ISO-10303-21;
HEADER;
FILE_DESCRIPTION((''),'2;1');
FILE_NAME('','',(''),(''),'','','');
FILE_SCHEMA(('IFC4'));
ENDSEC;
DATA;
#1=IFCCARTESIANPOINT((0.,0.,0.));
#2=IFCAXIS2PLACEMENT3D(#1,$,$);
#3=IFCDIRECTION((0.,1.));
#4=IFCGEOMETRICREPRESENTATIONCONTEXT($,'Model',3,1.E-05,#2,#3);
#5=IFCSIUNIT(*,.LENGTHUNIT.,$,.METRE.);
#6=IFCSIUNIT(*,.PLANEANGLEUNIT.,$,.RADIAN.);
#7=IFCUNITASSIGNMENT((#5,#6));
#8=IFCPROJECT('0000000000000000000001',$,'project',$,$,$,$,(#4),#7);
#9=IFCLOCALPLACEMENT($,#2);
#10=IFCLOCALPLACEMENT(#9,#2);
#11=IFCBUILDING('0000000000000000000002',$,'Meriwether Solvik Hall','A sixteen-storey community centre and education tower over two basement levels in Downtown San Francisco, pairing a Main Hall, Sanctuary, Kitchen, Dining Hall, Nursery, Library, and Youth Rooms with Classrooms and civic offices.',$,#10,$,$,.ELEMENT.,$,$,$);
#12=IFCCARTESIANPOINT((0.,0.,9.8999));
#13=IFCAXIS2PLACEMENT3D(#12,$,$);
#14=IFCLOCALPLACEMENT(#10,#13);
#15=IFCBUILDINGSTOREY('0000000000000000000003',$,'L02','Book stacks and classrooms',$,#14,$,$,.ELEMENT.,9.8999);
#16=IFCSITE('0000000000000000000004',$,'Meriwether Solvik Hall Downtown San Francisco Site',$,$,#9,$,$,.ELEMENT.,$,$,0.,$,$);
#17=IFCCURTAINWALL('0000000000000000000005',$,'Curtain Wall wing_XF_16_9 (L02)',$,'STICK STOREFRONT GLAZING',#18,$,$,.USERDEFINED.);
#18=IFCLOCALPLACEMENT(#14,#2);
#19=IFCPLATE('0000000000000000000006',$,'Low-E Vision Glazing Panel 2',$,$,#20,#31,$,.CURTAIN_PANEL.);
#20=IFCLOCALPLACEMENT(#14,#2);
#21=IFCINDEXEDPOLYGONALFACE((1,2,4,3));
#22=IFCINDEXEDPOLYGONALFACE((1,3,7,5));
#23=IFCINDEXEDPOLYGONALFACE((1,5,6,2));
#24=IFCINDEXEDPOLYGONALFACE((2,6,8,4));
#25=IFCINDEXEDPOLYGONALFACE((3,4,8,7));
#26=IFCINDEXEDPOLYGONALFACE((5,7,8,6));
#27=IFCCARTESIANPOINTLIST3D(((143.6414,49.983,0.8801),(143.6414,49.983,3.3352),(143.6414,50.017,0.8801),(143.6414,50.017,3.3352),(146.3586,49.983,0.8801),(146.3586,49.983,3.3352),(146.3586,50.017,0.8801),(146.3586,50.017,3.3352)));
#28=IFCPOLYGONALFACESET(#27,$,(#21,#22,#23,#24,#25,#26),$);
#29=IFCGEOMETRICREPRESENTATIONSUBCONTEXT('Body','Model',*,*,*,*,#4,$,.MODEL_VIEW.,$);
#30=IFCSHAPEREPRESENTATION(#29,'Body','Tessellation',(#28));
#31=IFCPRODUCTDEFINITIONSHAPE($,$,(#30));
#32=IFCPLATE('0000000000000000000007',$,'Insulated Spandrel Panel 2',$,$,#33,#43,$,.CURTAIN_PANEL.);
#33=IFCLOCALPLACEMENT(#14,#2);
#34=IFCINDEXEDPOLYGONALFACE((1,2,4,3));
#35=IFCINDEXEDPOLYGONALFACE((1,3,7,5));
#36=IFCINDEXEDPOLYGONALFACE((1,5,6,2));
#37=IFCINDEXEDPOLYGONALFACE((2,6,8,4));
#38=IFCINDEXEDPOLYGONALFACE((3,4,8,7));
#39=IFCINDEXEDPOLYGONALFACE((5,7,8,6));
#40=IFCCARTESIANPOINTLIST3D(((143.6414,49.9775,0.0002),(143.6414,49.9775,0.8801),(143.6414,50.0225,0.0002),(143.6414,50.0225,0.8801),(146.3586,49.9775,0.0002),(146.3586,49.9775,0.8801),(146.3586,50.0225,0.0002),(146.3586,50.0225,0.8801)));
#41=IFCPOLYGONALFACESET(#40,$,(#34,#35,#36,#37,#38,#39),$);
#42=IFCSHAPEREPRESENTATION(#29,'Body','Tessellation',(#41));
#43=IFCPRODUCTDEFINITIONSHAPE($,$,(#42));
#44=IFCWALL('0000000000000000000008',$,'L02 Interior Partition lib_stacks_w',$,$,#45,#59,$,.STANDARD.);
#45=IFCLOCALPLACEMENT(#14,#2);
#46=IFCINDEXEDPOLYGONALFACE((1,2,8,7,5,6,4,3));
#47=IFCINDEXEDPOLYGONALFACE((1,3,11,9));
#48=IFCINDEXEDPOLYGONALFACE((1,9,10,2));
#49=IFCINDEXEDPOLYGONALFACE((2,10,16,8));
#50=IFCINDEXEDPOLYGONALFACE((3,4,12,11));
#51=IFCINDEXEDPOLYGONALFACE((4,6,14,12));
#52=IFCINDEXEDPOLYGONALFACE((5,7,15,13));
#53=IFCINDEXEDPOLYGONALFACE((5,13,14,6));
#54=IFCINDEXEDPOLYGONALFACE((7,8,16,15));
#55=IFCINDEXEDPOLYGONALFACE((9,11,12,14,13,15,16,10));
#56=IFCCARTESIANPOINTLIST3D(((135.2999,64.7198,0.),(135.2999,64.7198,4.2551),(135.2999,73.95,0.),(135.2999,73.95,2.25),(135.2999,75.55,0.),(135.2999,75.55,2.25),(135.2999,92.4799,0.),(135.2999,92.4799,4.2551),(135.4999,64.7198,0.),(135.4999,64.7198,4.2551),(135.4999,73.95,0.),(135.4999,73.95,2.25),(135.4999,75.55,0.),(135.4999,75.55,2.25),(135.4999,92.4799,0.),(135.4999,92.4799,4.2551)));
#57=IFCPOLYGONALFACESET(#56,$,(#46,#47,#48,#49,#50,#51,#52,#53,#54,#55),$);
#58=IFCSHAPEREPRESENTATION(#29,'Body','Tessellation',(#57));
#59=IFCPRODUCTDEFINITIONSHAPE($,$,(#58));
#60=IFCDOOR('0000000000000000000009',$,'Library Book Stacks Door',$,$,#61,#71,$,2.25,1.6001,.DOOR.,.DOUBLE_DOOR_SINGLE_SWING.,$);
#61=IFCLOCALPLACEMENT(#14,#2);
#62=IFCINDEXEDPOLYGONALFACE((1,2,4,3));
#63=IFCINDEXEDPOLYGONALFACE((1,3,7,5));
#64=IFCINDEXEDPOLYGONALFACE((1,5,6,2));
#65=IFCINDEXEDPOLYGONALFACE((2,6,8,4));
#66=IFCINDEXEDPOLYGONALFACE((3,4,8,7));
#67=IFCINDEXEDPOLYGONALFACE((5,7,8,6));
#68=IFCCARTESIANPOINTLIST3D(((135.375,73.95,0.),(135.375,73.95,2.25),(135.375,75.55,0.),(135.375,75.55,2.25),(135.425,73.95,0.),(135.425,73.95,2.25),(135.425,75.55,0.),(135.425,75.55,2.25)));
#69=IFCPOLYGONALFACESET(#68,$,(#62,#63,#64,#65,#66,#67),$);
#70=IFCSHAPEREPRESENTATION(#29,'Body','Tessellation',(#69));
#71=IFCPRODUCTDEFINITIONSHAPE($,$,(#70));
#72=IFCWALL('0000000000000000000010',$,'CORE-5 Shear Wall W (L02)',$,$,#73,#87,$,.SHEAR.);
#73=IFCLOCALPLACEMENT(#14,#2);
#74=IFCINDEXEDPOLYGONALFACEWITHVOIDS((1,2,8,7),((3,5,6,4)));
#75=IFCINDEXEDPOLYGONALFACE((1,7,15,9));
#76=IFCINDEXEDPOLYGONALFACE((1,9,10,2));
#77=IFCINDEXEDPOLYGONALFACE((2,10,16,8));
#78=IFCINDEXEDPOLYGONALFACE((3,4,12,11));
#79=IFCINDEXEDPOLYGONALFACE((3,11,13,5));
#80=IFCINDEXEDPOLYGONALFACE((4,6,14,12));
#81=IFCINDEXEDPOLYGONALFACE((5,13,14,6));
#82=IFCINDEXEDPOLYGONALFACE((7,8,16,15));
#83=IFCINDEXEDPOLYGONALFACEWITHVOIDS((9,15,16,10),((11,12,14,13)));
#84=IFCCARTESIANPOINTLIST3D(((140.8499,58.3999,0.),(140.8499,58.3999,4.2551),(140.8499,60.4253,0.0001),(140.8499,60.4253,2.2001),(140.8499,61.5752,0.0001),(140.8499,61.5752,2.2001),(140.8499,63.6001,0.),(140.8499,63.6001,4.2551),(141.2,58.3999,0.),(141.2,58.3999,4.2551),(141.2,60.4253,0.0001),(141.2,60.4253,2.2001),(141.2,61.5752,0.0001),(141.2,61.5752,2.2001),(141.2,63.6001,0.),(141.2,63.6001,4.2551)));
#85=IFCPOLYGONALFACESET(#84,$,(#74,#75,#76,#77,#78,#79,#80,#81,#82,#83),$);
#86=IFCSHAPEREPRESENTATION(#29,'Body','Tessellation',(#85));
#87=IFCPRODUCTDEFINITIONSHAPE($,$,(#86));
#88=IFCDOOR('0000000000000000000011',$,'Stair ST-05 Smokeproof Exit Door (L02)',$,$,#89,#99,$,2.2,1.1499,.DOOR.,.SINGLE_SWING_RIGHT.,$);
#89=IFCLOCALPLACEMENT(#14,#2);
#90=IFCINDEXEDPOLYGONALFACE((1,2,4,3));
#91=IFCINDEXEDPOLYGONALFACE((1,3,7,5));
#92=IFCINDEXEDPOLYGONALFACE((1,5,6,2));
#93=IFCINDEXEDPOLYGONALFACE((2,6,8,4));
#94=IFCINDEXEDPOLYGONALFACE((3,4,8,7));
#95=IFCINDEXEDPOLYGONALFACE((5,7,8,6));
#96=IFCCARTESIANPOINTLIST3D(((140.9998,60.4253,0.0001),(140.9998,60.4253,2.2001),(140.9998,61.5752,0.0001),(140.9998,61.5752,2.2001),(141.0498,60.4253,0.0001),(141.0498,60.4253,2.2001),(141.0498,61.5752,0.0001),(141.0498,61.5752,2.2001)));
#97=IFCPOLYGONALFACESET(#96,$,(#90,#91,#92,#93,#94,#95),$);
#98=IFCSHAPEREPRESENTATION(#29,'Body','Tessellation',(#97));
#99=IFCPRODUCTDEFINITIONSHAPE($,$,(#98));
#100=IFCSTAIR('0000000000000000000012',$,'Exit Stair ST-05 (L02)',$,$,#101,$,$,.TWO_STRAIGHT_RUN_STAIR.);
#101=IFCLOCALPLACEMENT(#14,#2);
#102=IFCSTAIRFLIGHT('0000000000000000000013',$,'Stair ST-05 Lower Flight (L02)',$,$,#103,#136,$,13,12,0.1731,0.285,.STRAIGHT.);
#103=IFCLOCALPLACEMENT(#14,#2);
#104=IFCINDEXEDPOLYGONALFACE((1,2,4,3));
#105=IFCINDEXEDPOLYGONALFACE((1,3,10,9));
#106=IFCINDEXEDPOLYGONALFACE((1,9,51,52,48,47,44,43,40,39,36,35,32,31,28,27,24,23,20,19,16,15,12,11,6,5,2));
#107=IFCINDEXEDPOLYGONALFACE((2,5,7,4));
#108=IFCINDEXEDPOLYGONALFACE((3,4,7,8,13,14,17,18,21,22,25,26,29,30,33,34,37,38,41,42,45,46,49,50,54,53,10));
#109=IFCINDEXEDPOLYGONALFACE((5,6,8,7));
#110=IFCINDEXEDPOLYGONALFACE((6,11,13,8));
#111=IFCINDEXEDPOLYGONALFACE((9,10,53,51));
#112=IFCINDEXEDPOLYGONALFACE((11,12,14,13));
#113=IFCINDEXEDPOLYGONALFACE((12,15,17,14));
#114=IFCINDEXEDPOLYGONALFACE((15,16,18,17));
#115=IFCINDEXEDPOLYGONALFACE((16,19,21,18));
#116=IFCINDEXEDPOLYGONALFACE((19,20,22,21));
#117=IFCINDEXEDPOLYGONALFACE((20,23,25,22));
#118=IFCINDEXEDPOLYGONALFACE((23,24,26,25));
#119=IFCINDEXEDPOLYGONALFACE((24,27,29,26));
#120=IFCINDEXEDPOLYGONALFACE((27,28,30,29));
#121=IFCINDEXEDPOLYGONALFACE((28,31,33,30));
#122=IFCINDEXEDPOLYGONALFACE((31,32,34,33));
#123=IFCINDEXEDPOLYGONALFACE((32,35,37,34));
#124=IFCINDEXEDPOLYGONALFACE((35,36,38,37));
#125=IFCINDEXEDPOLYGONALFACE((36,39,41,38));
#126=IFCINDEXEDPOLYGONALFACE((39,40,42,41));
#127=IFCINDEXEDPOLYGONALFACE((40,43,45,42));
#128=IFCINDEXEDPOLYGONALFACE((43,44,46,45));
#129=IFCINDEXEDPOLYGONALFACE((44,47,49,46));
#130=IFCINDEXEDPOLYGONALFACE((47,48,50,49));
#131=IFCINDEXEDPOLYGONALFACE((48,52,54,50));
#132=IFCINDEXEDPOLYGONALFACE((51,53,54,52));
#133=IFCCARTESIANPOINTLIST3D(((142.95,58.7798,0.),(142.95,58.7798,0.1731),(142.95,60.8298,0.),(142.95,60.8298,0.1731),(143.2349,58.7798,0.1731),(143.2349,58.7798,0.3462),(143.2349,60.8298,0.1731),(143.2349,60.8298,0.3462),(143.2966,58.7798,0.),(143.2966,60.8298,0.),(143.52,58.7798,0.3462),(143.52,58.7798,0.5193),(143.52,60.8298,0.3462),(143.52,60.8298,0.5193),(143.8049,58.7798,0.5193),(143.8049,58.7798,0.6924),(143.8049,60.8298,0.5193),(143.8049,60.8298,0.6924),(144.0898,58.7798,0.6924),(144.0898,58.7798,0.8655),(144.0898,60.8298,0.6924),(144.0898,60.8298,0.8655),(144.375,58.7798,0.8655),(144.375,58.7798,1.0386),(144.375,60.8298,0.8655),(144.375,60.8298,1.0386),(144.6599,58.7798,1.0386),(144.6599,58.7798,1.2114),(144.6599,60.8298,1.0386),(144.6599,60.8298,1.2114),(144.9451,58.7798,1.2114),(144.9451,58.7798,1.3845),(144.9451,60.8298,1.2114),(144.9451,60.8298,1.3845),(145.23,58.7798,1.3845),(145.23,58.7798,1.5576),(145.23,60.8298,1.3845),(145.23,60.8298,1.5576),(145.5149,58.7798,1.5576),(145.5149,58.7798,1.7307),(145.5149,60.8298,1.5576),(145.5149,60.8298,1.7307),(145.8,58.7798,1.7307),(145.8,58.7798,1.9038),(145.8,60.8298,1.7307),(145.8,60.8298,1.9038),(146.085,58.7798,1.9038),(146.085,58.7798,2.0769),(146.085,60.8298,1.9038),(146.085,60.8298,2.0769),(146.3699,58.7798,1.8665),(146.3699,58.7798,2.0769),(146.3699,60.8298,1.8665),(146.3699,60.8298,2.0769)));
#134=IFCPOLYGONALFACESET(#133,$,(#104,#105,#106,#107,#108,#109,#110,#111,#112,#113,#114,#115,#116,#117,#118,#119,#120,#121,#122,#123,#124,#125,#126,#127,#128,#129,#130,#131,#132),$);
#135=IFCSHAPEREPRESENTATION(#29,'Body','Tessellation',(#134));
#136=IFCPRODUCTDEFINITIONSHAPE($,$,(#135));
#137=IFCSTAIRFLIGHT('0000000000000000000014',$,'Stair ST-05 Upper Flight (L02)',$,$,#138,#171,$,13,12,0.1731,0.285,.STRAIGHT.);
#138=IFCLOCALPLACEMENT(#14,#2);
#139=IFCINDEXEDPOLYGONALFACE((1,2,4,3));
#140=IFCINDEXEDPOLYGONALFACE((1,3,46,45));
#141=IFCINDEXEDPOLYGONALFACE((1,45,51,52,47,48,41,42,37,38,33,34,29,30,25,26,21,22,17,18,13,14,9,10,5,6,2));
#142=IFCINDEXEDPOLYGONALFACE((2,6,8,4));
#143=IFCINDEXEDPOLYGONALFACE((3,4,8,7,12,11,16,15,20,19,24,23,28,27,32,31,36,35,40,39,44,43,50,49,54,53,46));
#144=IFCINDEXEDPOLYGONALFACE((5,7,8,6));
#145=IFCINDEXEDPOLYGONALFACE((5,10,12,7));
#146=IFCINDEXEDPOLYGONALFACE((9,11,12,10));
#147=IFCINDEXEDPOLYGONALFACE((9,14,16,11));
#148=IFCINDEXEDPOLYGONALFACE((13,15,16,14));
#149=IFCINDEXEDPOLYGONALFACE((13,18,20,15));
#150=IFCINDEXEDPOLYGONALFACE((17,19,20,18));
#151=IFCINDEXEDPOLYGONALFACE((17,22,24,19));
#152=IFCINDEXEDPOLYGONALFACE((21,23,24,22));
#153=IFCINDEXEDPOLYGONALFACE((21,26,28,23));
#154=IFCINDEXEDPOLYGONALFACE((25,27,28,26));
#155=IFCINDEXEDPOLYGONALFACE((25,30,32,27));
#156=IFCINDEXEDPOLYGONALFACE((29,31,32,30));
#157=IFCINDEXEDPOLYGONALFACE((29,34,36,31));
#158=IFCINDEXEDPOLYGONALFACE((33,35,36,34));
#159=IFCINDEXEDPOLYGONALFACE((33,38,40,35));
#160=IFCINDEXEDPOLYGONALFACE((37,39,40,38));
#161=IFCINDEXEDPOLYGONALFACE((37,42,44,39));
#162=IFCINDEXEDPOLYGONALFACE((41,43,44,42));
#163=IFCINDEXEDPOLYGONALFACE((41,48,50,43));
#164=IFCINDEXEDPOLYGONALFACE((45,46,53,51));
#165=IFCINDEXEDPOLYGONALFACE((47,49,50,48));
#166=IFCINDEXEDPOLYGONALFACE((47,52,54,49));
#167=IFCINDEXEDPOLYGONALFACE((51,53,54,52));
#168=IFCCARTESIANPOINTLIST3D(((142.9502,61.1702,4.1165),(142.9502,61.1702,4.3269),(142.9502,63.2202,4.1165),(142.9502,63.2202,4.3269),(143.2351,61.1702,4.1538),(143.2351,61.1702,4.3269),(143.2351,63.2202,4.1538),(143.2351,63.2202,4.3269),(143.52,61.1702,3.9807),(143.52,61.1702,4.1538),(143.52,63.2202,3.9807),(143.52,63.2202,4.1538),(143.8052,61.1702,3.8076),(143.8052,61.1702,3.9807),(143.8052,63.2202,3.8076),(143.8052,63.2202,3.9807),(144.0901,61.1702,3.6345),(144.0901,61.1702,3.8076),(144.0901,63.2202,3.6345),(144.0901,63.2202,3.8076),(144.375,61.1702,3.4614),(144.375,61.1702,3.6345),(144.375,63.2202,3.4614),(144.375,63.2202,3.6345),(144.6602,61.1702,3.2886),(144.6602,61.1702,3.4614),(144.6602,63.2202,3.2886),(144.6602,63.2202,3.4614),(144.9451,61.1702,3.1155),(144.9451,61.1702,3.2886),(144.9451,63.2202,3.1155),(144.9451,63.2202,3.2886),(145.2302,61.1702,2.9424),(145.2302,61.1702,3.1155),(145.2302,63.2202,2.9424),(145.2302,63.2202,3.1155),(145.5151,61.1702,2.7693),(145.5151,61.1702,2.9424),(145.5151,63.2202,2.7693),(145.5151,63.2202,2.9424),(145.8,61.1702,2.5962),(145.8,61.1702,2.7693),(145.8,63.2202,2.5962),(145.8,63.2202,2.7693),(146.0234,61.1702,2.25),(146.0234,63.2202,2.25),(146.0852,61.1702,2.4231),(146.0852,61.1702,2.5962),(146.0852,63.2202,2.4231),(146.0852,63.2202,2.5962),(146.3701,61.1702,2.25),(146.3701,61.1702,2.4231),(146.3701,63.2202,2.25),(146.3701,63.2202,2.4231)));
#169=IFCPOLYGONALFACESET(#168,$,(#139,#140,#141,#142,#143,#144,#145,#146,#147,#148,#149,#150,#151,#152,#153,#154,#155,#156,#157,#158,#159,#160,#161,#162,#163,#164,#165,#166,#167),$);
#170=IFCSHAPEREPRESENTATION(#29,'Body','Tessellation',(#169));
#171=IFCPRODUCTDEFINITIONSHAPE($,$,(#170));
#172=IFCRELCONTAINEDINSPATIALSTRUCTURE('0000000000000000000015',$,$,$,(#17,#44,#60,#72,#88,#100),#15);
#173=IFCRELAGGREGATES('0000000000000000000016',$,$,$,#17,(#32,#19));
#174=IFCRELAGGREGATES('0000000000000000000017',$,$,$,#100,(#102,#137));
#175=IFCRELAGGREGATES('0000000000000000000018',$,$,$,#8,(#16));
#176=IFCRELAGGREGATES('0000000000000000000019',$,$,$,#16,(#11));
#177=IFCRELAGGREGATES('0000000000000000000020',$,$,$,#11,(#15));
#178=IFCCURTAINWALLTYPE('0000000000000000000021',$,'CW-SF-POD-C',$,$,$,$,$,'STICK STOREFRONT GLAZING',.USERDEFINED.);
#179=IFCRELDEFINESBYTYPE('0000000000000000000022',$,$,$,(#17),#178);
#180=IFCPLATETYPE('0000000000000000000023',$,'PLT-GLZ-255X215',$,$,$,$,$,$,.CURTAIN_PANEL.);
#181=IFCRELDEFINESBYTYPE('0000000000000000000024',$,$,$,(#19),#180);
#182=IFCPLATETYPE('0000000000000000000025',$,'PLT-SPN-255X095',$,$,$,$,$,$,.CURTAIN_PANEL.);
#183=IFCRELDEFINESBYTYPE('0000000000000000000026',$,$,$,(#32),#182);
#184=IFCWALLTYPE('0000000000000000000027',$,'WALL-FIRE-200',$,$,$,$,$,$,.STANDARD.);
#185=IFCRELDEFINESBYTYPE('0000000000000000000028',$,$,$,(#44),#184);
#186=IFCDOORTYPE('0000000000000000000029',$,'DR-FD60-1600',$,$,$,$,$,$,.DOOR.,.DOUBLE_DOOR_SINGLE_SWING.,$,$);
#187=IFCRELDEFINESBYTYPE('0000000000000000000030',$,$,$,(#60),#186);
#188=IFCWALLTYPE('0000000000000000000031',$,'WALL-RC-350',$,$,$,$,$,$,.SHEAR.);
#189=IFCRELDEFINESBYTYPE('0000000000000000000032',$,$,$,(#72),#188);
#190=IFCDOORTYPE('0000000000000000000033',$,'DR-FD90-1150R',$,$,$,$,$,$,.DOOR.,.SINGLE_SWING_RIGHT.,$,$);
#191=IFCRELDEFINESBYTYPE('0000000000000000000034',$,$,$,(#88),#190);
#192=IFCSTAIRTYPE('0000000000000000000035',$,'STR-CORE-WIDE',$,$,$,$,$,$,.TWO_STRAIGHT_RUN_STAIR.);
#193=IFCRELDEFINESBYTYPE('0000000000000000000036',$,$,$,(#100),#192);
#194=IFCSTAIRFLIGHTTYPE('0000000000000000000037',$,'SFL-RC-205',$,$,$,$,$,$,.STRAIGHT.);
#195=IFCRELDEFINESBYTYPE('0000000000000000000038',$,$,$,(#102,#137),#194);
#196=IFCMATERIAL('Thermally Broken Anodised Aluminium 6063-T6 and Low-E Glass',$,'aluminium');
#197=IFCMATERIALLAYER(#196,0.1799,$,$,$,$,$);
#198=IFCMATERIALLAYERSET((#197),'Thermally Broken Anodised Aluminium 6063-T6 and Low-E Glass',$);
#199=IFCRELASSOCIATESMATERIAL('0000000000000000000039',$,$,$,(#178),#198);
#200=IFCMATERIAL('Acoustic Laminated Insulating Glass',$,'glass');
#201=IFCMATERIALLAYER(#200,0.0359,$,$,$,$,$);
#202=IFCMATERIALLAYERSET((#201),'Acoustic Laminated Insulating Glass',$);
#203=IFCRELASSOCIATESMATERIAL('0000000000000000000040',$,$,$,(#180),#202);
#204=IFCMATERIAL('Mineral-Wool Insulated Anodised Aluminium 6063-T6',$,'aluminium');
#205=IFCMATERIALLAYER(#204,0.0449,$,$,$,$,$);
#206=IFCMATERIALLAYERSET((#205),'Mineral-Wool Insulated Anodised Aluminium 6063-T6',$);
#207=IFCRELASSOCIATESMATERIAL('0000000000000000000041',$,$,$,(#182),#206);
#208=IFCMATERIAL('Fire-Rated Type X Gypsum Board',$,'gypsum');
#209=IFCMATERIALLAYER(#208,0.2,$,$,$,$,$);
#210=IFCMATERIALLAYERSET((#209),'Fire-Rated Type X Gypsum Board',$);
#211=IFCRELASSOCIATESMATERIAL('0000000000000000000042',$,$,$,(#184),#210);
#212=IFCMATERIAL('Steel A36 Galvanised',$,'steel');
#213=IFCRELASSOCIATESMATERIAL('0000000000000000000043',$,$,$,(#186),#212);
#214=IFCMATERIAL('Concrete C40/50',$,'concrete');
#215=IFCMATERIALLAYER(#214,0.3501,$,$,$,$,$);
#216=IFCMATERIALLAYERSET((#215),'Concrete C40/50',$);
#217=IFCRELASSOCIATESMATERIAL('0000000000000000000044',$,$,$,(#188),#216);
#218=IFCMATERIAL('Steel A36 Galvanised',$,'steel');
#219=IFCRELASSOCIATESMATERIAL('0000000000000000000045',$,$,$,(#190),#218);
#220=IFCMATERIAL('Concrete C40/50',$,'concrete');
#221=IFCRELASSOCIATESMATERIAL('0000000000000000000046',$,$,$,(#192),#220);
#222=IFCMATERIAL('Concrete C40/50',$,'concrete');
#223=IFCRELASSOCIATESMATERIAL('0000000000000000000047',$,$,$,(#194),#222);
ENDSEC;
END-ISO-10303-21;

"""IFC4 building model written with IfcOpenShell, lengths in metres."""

from ifc_helpers import new_model, si_unit, direction, frame, frame_2d, origin, origin_2d, place, context, subcontext, project, spatial, polyline, rectangle, outline, extrude, material, layer, layer_set, type_object, element, fill, aggregate, save


model = new_model("IFC4")

# Units and contexts
model_context = context("Model", 3, precision=1e-05, world=origin(), true_north=direction((0.0, 1.0)))
body_context = subcontext(model_context, "Body", "Model", "MODEL_VIEW")
ifc_project = project(units=[si_unit("LENGTHUNIT", "METRE"), si_unit("PLANEANGLEUNIT", "RADIAN")], contexts=[model_context])

# Site, building, storey
site_placement = place(None, origin())
site = spatial("IfcSite", under=ifc_project, at=site_placement, Name="Meriwether Solvik Hall Downtown San Francisco Site", CompositionType="ELEMENT", RefElevation=0.0)
building_placement = place(site_placement, origin())
building = spatial("IfcBuilding", under=site, at=building_placement, Name="Meriwether Solvik Hall", Description="A sixteen-storey community centre and education tower over two basement levels in Downtown San Francisco, pairing a Main Hall, Sanctuary, Kitchen, Dining Hall, Nursery, Library, and Youth Rooms with Classrooms and civic offices.", CompositionType="ELEMENT")
storey_placement = place(building_placement, frame((0.0, 0.0, 9.8999)))
storey = spatial("IfcBuildingStorey", under=building, at=storey_placement, Name="L02", Description="Book stacks and classrooms", CompositionType="ELEMENT", Elevation=9.8999)

# Curtain wall, plates
ifc_material_1 = material(Name="Thermally Broken Anodised Aluminium 6063-T6 and Low-E Glass", Category="aluminium")
ifc_layer_1 = layer(ifc_material_1, 0.1799)
ifc_layer_set_1 = layer_set([ifc_layer_1], Name="Thermally Broken Anodised Aluminium 6063-T6 and Low-E Glass")
curtain_wall_type = type_object("IfcCurtainWallType", Name="CW-SF-POD-C", ElementType="STICK STOREFRONT GLAZING", PredefinedType="USERDEFINED", material=ifc_layer_set_1)
curtain_wall_placement = place(storey_placement, origin())
curtain_wall = element("IfcCurtainWall", 1, at=curtain_wall_placement, inside=storey, type_object=curtain_wall_type, Name="Curtain Wall wing_XF_16_9 (L02)", ObjectType="STICK STOREFRONT GLAZING", PredefinedType="USERDEFINED")
ifc_material_2 = material(Name="Acoustic Laminated Insulating Glass", Category="glass")
ifc_layer_2 = layer(ifc_material_2, 0.0359)
ifc_layer_set_2 = layer_set([ifc_layer_2], Name="Acoustic Laminated Insulating Glass")
plate_type_1 = type_object("IfcPlateType", Name="PLT-GLZ-255X215", PredefinedType="CURTAIN_PANEL", material=ifc_layer_set_2)
plate_1_placement = place(storey_placement, frame((145.0, 50.0, 0.8801), z_axis=(0.0, 0.0, 1.0), x_axis=(-1.0, 0.0, 0.0)))
plate_1 = element("IfcPlate", 2, at=plate_1_placement, type_object=plate_type_1, Name="Low-E Vision Glazing Panel 2", PredefinedType="CURTAIN_PANEL", context=body_context, shape_type="SweptSolid", body=[
    extrude(rectangle(XDim=2.7173, YDim=0.0339, at=origin_2d()), origin(), (0.0, 0.0, 1.0), 2.4551),
])
ifc_material_3 = material(Name="Mineral-Wool Insulated Anodised Aluminium 6063-T6", Category="aluminium")
ifc_layer_3 = layer(ifc_material_3, 0.0449)
ifc_layer_set_3 = layer_set([ifc_layer_3], Name="Mineral-Wool Insulated Anodised Aluminium 6063-T6")
plate_type_2 = type_object("IfcPlateType", Name="PLT-SPN-255X095", PredefinedType="CURTAIN_PANEL", material=ifc_layer_set_3)
plate_2_placement = place(storey_placement, frame((145.0, 50.0, 0.0002), z_axis=(0.0, 0.0, 1.0), x_axis=(-1.0, 0.0, 0.0)))
plate_2 = element("IfcPlate", 3, at=plate_2_placement, type_object=plate_type_2, Name="Insulated Spandrel Panel 2", PredefinedType="CURTAIN_PANEL", context=body_context, shape_type="SweptSolid", body=[
    extrude(rectangle(XDim=2.7173, YDim=0.0449, at=origin_2d()), origin(), (0.0, 0.0, 1.0), 0.8799),
])
aggregate(curtain_wall, [plate_2, plate_1])

# Walls, openings, doors
ifc_material_4 = material(Name="Fire-Rated Type X Gypsum Board", Category="gypsum")
ifc_layer_4 = layer(ifc_material_4, 0.2)
ifc_layer_set_4 = layer_set([ifc_layer_4], Name="Fire-Rated Type X Gypsum Board")
wall_type_1 = type_object("IfcWallType", Name="WALL-FIRE-200", PredefinedType="STANDARD", material=ifc_layer_set_4)
wall_1_placement = place(storey_placement, frame((135.3999, 64.72, 0.0), z_axis=(0.0, 0.0, 1.0), x_axis=(0.0, 1.0, 0.0)))
wall_1 = element("IfcWall", 4, at=wall_1_placement, inside=storey, type_object=wall_type_1, Name="L02 Interior Partition lib_stacks_w", PredefinedType="STANDARD", context=body_context, shape_type="SweptSolid", body=[
    extrude(rectangle(XDim=27.76, YDim=0.2, at=frame_2d((13.8799, 0.0))), origin(), (0.0, 0.0, 1.0), 4.2551),
])
opening_1_placement = place(wall_1_placement, frame((9.23, 0.0, 0.0)))
opening_1 = element("IfcOpeningElement", 5, at=opening_1_placement, cuts=wall_1, PredefinedType="OPENING", context=body_context, shape_type="SweptSolid", body=[
    extrude(rectangle(XDim=1.6001, YDim=2.25, at=frame_2d((0.8, 1.125))), frame((0.0, 0.1118, 0.0), z_axis=(0.0, -1.0, 0.0), x_axis=(1.0, 0.0, 0.0)), (0.0, 0.0, 1.0), 0.2239),
])
ifc_material_5 = material(Name="Steel A36 Galvanised", Category="steel")
door_type_1 = type_object("IfcDoorType", Name="DR-FD60-1600", OperationType="DOUBLE_DOOR_SINGLE_SWING", PredefinedType="DOOR", material=ifc_material_5)
door_1_placement = place(opening_1_placement, origin())
door_1 = element("IfcDoor", 6, at=door_1_placement, inside=storey, type_object=door_type_1, Name="Library Book Stacks Door", OperationType="DOUBLE_DOOR_SINGLE_SWING", OverallHeight=2.25, OverallWidth=1.6001, PredefinedType="DOOR", context=body_context, shape_type="SweptSolid", body=[
    extrude(rectangle(XDim=1.6001, YDim=2.25, at=frame_2d((0.8, 1.125))), frame((0.0, 0.0249, 0.0), z_axis=(0.0, -1.0, 0.0), x_axis=(1.0, 0.0, 0.0)), (0.0, 0.0, 1.0), 0.05),
])
fill(opening_1, door_1)
ifc_material_6 = material(Name="Concrete C40/50", Category="concrete")
ifc_layer_5 = layer(ifc_material_6, 0.3501)
ifc_layer_set_5 = layer_set([ifc_layer_5], Name="Concrete C40/50")
wall_type_2 = type_object("IfcWallType", Name="WALL-RC-350", PredefinedType="SHEAR", material=ifc_layer_set_5)
wall_2_placement = place(storey_placement, frame((141.0249, 63.6001, 0.0), z_axis=(0.0, 0.0, 1.0), x_axis=(0.0, -1.0, 0.0)))
wall_2 = element("IfcWall", 7, at=wall_2_placement, inside=storey, type_object=wall_type_2, Name="CORE-5 Shear Wall W (L02)", PredefinedType="SHEAR", context=body_context, shape_type="SweptSolid", body=[
    extrude(rectangle(XDim=5.2002, YDim=0.3501, at=frame_2d((2.6001, 0.0))), origin(), (0.0, 0.0, 1.0), 4.2551),
])
opening_2_placement = place(wall_2_placement, frame((2.0249, 0.0, 0.0)))
opening_2 = element("IfcOpeningElement", 8, at=opening_2_placement, cuts=wall_2, PredefinedType="OPENING", context=body_context, shape_type="SweptSolid", body=[
    extrude(rectangle(XDim=1.1499, YDim=2.2, at=frame_2d((0.575, 1.1001))), frame((0.0, 0.187, 0.0), z_axis=(0.0, -1.0, 0.0), x_axis=(1.0, 0.0, 0.0)), (0.0, 0.0, 1.0), 0.374),
])
ifc_material_7 = material(Name="Steel A36 Galvanised", Category="steel")
door_type_2 = type_object("IfcDoorType", Name="DR-FD90-1150R", OperationType="SINGLE_SWING_RIGHT", PredefinedType="DOOR", material=ifc_material_7)
door_2_placement = place(opening_2_placement, origin())
door_2 = element("IfcDoor", 9, at=door_2_placement, inside=storey, type_object=door_type_2, Name="Stair ST-05 Smokeproof Exit Door (L02)", OperationType="SINGLE_SWING_RIGHT", OverallHeight=2.2, OverallWidth=1.1499, PredefinedType="DOOR", context=body_context, shape_type="SweptSolid", body=[
    extrude(rectangle(XDim=1.1499, YDim=2.2, at=frame_2d((0.575, 1.1001))), frame((0.0, 0.0249, 0.0), z_axis=(0.0, -1.0, 0.0), x_axis=(1.0, 0.0, 0.0)), (0.0, 0.0, 1.0), 0.05),
])
fill(opening_2, door_2)

# Stair, stair flights
ifc_material_8 = material(Name="Concrete C40/50", Category="concrete")
stair_type = type_object("IfcStairType", Name="STR-CORE-WIDE", PredefinedType="TWO_STRAIGHT_RUN_STAIR", material=ifc_material_8)
stair_placement = place(storey_placement, origin())
stair = element("IfcStair", 10, at=stair_placement, inside=storey, type_object=stair_type, Name="Exit Stair ST-05 (L02)", PredefinedType="TWO_STRAIGHT_RUN_STAIR")
ifc_material_9 = material(Name="Concrete C40/50", Category="concrete")
stair_flight_type = type_object("IfcStairFlightType", Name="SFL-RC-205", PredefinedType="STRAIGHT", material=ifc_material_9)
stair_flight_1_placement = place(storey_placement, frame((142.95, 59.8049, 0.0), z_axis=(0.0, 0.0, 1.0), x_axis=(1.0, 0.0, 0.0)))
stair_flight_1 = element("IfcStairFlight", 11, at=stair_flight_1_placement, type_object=stair_flight_type, Name="Stair ST-05 Lower Flight (L02)", NumberOfRisers=13, NumberOfTreads=12, PredefinedType="STRAIGHT", RiserHeight=0.1731, TreadLength=0.285, context=body_context, shape_type="SweptSolid", body=[
    extrude(outline(polyline([(0.0, 0.0), (0.0, 0.1731), (0.2849, 0.1731), (0.2849, 0.3462), (0.5701, 0.3462), (0.5701, 0.5193), (0.855, 0.5193), (0.855, 0.6924), (1.1399, 0.6924), (1.1399, 0.8655), (1.425, 0.8655), (1.425, 1.0386), (1.71, 1.0386), (1.71, 1.2114), (1.9951, 1.2114), (1.9951, 1.3845), (2.28, 1.3845), (2.28, 1.5576), (2.5649, 1.5576), (2.5649, 1.7307), (2.8501, 1.7307), (2.8501, 1.9038), (3.135, 1.9038), (3.135, 2.0769), (3.4199, 2.0769), (3.4199, 2.25), (3.4199, 1.8665), (0.3467, 0.0), (0.0, 0.0)])), frame((0.0, 1.0249, 0.0), z_axis=(0.0, -1.0, 0.0), x_axis=(1.0, 0.0, 0.0)), (0.0, 0.0, 1.0), 2.05),
])
stair_flight_2_placement = place(storey_placement, frame((146.3701, 62.1951, 2.25), z_axis=(0.0, 0.0, 1.0), x_axis=(-1.0, 0.0, 0.0)))
stair_flight_2 = element("IfcStairFlight", 12, at=stair_flight_2_placement, type_object=stair_flight_type, Name="Stair ST-05 Upper Flight (L02)", NumberOfRisers=13, NumberOfTreads=12, PredefinedType="STRAIGHT", RiserHeight=0.1731, TreadLength=0.285, context=body_context, shape_type="SweptSolid", body=[
    extrude(outline(polyline([(0.0, 0.0), (0.0, 0.1731), (0.2849, 0.1731), (0.2849, 0.3462), (0.5701, 0.3462), (0.5701, 0.5193), (0.855, 0.5193), (0.855, 0.6924), (1.1399, 0.6924), (1.1399, 0.8655), (1.425, 0.8655), (1.425, 1.0386), (1.71, 1.0386), (1.71, 1.2114), (1.9951, 1.2114), (1.9951, 1.3845), (2.28, 1.3845), (2.28, 1.5576), (2.5649, 1.5576), (2.5649, 1.7307), (2.8501, 1.7307), (2.8501, 1.9038), (3.135, 1.9038), (3.135, 2.0769), (3.4199, 2.0769), (3.4199, 2.25), (3.4199, 1.8665), (0.3467, 0.0), (0.0, 0.0)])), frame((0.0, 1.0249, 0.0), z_axis=(0.0, -1.0, 0.0), x_axis=(1.0, 0.0, 0.0)), (0.0, 0.0, 1.0), 2.05),
])
aggregate(stair, [stair_flight_1, stair_flight_2])

save(model, "model.ifc")
